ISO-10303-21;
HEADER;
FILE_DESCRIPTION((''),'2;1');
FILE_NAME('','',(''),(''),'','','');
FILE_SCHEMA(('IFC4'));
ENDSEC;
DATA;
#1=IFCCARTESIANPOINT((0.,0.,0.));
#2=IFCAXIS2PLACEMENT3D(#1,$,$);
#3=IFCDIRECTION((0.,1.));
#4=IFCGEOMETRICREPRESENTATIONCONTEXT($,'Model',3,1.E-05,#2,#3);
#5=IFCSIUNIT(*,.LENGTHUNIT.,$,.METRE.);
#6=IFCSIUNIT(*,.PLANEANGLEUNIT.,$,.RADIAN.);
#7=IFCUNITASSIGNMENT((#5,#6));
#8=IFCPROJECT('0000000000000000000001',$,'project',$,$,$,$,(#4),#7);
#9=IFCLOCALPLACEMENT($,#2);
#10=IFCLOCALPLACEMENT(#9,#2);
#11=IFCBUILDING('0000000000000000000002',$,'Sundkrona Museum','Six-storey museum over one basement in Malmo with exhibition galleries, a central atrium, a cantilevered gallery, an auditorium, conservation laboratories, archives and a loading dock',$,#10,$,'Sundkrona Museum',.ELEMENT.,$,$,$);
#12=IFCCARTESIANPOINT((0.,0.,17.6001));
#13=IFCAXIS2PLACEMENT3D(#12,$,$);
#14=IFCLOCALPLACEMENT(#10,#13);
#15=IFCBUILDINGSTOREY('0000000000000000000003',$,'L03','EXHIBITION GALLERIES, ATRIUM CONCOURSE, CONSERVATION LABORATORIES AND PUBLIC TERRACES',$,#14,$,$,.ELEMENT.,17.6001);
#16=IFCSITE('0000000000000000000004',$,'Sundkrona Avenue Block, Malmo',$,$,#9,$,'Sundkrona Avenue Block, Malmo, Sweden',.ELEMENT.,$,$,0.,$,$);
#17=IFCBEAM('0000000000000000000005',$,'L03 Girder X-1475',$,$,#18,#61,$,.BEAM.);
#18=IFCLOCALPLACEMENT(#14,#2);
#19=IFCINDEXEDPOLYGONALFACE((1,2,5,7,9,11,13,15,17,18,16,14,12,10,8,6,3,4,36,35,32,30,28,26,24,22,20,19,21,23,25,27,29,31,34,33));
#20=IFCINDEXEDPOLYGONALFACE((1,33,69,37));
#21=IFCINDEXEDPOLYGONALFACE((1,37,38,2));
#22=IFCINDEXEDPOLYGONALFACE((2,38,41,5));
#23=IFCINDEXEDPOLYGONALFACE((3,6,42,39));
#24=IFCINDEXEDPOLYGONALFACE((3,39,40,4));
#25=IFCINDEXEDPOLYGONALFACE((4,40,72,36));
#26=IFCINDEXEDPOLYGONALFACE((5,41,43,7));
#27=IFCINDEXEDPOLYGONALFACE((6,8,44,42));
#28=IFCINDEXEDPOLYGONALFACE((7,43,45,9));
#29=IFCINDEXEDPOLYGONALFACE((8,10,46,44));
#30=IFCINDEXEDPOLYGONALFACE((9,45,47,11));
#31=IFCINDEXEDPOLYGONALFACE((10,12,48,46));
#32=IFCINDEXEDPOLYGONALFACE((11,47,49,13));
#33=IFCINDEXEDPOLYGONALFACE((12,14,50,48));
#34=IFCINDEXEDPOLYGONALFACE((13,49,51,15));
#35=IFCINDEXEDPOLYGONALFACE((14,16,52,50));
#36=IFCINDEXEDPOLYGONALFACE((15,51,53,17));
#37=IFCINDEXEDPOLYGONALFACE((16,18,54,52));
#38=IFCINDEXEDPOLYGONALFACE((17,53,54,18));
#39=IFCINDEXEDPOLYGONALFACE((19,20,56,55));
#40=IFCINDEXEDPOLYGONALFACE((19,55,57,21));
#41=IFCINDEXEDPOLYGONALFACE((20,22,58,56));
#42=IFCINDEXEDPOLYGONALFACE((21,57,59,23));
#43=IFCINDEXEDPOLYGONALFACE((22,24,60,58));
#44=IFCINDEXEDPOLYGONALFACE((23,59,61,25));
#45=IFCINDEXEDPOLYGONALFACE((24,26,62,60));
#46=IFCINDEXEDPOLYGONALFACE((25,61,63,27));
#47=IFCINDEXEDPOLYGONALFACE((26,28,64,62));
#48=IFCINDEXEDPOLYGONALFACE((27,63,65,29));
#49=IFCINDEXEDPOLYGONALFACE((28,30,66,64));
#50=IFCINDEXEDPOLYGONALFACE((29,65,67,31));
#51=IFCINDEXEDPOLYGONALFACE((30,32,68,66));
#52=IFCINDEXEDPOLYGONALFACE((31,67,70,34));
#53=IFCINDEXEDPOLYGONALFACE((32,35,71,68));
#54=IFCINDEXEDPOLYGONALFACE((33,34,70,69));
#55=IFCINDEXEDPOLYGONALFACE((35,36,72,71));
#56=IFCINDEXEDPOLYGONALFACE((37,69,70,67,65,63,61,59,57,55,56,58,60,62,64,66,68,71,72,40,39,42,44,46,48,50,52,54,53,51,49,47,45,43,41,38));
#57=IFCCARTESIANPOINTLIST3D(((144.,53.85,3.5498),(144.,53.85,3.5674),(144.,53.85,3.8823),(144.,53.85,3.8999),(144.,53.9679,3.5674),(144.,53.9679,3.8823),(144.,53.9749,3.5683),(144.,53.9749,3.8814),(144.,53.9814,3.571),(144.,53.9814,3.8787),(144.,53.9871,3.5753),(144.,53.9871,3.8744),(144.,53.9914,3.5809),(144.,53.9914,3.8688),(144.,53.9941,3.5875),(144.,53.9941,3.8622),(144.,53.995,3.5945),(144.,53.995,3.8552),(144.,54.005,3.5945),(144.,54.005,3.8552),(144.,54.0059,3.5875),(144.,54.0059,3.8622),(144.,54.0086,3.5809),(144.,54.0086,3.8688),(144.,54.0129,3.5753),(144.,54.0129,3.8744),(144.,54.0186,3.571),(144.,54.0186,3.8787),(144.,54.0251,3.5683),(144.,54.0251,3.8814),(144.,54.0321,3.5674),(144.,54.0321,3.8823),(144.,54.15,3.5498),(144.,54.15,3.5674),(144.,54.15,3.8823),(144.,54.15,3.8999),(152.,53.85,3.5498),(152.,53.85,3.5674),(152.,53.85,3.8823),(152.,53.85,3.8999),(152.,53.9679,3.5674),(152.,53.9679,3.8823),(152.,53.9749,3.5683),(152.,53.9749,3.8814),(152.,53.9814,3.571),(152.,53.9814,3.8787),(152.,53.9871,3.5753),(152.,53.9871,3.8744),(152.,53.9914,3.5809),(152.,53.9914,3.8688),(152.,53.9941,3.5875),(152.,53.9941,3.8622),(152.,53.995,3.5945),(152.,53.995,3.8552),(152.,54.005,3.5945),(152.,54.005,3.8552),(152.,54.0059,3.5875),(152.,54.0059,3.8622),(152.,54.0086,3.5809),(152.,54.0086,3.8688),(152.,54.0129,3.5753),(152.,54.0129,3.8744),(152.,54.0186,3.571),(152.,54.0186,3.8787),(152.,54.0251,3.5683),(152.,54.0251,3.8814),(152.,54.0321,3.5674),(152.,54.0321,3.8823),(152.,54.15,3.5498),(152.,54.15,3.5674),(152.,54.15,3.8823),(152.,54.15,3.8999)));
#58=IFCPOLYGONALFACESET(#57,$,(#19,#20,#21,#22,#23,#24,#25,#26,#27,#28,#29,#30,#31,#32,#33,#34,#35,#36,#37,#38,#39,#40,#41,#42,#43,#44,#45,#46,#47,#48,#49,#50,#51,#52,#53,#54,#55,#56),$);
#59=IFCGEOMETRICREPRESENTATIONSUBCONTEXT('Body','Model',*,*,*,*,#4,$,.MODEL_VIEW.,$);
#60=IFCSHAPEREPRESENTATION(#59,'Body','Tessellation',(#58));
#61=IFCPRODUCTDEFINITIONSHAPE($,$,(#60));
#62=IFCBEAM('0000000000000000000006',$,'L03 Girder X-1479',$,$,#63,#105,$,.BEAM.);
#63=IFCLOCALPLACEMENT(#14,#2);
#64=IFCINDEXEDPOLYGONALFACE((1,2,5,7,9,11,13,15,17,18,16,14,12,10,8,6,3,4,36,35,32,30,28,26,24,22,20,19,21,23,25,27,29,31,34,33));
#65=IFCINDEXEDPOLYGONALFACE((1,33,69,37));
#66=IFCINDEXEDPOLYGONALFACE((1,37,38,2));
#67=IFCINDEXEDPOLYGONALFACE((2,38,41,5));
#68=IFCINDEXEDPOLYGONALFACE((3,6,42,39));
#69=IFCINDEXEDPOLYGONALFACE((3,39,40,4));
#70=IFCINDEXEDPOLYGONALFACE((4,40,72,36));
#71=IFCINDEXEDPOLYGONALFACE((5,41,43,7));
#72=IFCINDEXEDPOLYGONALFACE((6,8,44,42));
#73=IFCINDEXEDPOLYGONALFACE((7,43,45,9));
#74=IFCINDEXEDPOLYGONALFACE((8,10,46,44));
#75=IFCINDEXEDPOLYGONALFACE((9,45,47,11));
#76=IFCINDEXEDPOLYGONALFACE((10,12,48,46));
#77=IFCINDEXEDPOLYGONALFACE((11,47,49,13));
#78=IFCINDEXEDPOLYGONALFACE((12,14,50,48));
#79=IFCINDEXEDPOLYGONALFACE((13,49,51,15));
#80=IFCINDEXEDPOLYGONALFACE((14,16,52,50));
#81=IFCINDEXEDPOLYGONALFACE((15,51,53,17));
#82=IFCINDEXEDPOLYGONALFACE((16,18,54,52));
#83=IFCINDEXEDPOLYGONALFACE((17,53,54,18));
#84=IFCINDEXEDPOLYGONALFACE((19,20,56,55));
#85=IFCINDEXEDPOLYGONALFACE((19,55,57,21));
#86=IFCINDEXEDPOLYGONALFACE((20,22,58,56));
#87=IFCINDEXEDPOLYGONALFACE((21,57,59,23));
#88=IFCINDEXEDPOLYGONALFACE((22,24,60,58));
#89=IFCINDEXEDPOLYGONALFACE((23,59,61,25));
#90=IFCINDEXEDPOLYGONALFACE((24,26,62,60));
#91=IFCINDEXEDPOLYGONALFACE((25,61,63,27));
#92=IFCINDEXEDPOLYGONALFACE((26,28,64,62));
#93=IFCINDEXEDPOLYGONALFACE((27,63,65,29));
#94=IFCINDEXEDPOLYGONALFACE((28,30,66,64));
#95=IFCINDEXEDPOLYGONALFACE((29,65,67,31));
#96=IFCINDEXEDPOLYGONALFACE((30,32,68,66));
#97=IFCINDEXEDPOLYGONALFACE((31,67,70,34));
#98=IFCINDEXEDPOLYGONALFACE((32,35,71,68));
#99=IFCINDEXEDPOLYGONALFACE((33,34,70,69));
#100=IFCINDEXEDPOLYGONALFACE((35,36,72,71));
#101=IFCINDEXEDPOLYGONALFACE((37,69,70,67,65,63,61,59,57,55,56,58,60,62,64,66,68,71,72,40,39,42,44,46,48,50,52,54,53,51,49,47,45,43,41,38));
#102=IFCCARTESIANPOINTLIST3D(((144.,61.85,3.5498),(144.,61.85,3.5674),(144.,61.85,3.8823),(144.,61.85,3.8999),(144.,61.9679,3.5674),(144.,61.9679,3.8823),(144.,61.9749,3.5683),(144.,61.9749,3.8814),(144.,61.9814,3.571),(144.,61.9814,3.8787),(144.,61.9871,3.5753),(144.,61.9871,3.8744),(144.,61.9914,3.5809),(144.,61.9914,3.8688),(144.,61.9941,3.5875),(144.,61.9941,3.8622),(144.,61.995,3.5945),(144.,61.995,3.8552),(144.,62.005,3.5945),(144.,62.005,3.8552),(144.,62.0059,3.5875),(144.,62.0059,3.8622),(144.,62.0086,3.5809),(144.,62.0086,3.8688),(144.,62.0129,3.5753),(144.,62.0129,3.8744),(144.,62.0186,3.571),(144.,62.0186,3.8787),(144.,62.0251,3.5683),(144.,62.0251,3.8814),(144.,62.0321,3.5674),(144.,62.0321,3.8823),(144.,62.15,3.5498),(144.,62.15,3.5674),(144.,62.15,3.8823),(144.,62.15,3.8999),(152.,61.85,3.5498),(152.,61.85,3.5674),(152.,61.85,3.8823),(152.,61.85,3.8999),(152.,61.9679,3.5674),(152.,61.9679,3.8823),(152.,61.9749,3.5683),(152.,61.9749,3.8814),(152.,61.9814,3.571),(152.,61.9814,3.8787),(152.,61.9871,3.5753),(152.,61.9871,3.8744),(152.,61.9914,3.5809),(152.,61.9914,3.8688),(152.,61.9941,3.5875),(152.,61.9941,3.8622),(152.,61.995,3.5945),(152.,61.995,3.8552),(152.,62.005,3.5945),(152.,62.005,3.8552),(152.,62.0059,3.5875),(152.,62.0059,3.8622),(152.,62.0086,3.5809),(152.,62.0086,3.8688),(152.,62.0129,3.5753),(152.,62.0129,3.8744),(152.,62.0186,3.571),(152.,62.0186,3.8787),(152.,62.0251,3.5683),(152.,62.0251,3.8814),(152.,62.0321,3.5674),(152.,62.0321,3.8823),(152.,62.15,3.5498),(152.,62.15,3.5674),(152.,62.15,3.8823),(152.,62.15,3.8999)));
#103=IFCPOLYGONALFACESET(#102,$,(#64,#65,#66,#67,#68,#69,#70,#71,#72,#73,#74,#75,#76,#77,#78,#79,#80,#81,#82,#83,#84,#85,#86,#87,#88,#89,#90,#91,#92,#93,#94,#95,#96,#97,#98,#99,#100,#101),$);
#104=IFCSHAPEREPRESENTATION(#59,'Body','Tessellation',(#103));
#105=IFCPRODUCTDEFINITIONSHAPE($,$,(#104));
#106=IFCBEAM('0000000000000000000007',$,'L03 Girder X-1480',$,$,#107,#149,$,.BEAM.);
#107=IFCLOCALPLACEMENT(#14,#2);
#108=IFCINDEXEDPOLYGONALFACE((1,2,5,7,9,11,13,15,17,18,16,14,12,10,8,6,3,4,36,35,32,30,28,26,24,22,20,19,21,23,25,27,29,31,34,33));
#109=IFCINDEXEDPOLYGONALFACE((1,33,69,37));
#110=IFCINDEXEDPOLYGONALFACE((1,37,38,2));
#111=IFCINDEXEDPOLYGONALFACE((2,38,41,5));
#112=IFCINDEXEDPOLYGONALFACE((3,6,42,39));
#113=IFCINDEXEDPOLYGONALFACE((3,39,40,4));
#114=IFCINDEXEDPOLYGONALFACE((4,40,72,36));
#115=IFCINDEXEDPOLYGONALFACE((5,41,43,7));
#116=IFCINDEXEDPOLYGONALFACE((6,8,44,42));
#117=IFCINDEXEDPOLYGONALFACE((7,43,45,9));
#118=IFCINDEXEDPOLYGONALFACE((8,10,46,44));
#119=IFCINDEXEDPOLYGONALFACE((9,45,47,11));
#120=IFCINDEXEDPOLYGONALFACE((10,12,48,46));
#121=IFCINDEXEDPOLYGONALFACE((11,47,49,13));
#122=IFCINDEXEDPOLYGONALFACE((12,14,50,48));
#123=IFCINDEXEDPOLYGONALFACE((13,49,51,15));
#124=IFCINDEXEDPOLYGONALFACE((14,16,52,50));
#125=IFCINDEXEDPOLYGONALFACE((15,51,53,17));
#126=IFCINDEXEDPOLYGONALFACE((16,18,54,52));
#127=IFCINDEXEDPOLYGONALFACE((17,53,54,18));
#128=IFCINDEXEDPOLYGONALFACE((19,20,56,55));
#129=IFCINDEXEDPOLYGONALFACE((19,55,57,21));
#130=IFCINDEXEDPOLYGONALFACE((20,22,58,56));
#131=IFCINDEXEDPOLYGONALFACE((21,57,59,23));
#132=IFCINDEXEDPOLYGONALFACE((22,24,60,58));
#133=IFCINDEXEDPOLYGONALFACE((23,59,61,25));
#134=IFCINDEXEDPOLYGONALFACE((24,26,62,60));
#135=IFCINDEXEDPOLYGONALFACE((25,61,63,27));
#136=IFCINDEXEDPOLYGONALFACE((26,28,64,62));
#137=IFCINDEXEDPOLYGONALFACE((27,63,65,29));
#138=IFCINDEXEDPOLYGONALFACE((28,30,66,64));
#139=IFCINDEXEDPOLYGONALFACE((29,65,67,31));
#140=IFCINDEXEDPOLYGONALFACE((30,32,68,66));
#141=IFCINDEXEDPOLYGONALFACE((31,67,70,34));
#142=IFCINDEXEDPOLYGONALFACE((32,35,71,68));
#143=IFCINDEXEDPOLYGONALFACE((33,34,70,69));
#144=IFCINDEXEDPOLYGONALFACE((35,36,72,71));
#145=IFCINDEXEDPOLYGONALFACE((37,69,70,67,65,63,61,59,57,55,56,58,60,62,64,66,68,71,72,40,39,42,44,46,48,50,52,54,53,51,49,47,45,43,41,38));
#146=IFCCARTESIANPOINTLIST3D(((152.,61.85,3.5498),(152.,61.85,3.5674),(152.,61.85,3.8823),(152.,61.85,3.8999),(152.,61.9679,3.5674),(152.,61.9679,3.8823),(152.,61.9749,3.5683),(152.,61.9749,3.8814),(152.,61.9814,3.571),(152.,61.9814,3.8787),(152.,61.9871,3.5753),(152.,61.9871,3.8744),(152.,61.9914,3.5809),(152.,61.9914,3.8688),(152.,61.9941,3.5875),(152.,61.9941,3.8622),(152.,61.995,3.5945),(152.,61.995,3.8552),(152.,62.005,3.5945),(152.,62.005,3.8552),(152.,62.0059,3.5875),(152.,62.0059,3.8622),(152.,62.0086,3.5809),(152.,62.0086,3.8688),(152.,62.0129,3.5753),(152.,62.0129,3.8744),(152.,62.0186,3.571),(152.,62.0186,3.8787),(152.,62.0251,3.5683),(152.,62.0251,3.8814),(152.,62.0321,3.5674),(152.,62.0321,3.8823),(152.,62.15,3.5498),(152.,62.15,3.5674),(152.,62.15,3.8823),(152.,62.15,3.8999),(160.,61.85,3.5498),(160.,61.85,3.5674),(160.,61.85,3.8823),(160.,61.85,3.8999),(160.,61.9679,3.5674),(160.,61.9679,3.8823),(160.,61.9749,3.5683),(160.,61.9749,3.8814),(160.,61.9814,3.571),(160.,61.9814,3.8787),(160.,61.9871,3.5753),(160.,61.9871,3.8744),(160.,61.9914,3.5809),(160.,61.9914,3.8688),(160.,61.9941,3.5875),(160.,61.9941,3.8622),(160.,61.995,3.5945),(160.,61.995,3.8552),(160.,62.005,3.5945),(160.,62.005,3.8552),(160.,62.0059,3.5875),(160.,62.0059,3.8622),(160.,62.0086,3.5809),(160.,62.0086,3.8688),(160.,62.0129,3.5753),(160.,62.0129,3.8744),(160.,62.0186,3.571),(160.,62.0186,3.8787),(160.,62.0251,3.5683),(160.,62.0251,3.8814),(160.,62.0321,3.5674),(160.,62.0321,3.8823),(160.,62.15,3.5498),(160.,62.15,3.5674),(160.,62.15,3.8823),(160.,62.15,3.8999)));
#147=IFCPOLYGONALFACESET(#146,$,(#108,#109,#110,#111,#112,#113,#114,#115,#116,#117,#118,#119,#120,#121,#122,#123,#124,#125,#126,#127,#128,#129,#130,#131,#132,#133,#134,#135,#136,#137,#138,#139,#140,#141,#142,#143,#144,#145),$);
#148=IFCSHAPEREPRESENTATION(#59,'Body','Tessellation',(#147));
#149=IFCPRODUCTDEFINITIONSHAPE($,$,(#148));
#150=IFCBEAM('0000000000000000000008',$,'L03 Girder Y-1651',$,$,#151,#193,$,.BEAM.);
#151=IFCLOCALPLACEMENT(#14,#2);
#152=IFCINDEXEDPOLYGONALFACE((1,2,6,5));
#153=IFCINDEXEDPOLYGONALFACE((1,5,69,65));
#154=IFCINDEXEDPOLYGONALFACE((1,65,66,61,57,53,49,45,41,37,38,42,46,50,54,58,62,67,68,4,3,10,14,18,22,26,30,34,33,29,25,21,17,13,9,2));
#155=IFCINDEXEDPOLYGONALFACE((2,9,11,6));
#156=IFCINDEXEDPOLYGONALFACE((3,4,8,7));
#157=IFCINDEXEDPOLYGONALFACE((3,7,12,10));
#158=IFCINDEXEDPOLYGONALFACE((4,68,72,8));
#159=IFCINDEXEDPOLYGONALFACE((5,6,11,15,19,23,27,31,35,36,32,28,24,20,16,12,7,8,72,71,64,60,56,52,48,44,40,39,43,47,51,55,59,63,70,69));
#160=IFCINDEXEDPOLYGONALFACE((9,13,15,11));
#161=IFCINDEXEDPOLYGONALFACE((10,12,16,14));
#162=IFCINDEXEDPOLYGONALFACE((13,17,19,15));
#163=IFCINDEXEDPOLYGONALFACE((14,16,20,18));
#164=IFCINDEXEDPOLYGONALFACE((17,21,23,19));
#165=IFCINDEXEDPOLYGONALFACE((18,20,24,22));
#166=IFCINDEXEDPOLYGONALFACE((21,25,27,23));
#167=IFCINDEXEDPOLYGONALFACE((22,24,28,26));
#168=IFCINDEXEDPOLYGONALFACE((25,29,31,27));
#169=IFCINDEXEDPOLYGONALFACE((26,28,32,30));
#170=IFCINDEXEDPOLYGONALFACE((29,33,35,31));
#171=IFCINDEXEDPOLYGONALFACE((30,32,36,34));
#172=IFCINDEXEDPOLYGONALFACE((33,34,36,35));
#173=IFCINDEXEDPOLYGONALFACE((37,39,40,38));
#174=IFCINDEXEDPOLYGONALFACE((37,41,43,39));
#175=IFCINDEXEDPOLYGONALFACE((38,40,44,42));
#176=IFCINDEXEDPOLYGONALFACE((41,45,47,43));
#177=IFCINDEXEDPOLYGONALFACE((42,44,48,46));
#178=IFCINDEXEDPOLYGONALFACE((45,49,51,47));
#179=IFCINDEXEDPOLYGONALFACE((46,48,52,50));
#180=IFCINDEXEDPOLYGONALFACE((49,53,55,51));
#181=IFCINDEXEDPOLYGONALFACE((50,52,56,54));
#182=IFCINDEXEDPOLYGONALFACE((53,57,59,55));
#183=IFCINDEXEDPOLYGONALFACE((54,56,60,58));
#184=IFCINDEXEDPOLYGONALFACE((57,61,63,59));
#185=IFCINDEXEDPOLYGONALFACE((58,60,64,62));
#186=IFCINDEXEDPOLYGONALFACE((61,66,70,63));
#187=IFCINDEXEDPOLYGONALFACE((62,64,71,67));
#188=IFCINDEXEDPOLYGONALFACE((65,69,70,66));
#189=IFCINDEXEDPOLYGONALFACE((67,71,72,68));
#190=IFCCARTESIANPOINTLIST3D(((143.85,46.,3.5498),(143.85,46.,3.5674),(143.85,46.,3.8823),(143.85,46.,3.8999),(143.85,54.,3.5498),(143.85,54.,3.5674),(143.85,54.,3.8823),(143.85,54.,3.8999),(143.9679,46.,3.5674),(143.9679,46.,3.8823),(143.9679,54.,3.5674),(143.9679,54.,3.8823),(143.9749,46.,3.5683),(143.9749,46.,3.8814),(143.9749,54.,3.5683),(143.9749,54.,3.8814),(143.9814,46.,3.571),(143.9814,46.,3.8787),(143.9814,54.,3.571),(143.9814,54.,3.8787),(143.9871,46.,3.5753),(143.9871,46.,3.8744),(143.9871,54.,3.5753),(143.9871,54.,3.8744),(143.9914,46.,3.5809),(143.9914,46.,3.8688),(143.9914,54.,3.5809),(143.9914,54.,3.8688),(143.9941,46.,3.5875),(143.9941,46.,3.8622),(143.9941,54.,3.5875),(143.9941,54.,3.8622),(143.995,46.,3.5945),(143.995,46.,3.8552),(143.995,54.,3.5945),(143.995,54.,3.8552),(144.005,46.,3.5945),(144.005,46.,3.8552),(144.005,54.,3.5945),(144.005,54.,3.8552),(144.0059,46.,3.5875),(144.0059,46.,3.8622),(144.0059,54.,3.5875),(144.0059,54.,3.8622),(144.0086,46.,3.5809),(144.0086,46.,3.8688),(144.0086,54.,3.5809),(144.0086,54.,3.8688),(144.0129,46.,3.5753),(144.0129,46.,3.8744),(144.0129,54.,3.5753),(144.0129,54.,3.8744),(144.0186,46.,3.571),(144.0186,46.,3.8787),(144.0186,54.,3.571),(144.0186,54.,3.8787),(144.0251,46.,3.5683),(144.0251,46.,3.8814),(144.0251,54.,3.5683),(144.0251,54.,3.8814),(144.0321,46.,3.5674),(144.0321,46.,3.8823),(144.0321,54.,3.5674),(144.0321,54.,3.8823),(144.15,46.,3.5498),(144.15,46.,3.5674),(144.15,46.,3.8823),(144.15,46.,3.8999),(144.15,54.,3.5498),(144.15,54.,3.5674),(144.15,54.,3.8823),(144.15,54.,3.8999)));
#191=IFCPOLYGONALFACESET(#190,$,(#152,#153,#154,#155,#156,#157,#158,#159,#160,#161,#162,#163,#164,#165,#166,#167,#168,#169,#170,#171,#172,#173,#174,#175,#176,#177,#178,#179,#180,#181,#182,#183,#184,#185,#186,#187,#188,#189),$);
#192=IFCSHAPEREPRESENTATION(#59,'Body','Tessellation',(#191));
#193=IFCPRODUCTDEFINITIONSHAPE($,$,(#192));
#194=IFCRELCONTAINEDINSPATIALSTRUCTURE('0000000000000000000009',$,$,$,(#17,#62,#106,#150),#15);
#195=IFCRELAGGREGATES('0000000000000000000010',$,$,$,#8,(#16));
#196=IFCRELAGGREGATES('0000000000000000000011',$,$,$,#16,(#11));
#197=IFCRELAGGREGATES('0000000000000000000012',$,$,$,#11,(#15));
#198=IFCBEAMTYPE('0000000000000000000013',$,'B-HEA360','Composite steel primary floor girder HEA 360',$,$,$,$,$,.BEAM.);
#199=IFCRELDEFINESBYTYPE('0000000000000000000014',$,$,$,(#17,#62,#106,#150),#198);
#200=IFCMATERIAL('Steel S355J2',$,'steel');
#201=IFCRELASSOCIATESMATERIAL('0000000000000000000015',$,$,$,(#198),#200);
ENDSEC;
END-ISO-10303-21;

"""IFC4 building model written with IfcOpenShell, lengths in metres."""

from ifc_helpers import new_model, si_unit, direction, frame, origin, origin_2d, place, context, subcontext, project, spatial, i_section, extrude, material, material_profile, profile_set, type_object, element, save


model = new_model("IFC4")

# Units and contexts
model_context = context("Model", 3, precision=1e-05, world=origin(), true_north=direction((0.0, 1.0)))
body_context = subcontext(model_context, "Body", "Model", "MODEL_VIEW")
ifc_project = project(units=[si_unit("LENGTHUNIT", "METRE"), si_unit("PLANEANGLEUNIT", "RADIAN")], contexts=[model_context])

# Site, building, storey
site_placement = place(None, origin())
site = spatial("IfcSite", under=ifc_project, at=site_placement, Name="Sundkrona Avenue Block, Malmo", LongName="Sundkrona Avenue Block, Malmo, Sweden", CompositionType="ELEMENT", RefElevation=0.0)
building_placement = place(site_placement, origin())
building = spatial("IfcBuilding", under=site, at=building_placement, Name="Sundkrona Museum", Description="Six-storey museum over one basement in Malmo with exhibition galleries, a central atrium, a cantilevered gallery, an auditorium, conservation laboratories, archives and a loading dock", LongName="Sundkrona Museum", CompositionType="ELEMENT")
storey_placement = place(building_placement, frame((0.0, 0.0, 17.6001)))
storey = spatial("IfcBuildingStorey", under=building, at=storey_placement, Name="L03", Description="EXHIBITION GALLERIES, ATRIUM CONCOURSE, CONSERVATION LABORATORIES AND PUBLIC TERRACES", CompositionType="ELEMENT", Elevation=17.6001)

# Shared definitions
ifc_material_1 = material(Name="Steel S355J2", Category="steel")

# Beams
ifc_material_profile_1 = material_profile(ifc_material_1, i_section(OverallWidth=0.3, OverallDepth=0.3501, WebThickness=0.01, FlangeThickness=0.0176, FilletRadius=0.0271, at=origin_2d()), Name="HEA 360")
ifc_profile_set_1 = profile_set([ifc_material_profile_1], Name="Steel S355J2")
beam_type_1 = type_object("IfcBeamType", Name="B-HEA360", Description="Composite steel primary floor girder HEA 360", PredefinedType="BEAM", material=ifc_profile_set_1)
for number, where, z_axis, x_axis, name in (
    (1, (144.0, 54.0, 3.7249), (1.0, 0.0, 0.0), (0.0, 1.0, 0.0), "L03 Girder X-1475"),
    (2, (144.0, 62.0, 3.7249), (1.0, 0.0, 0.0), (0.0, 1.0, 0.0), "L03 Girder X-1479"),
    (3, (152.0, 62.0, 3.7249), (1.0, 0.0, 0.0), (0.0, 1.0, 0.0), "L03 Girder X-1480"),
    (4, (144.0, 46.0, 3.7249), (0.0, 1.0, 0.0), (-1.0, 0.0, 0.0), "L03 Girder Y-1651"),
):
    element("IfcBeam", number, at=place(storey_placement, frame(where, z_axis=z_axis, x_axis=x_axis)), inside=storey, type_object=beam_type_1, Name=name, PredefinedType="BEAM", context=body_context, shape_type="SweptSolid", body=[
        extrude(i_section(OverallWidth=0.3, OverallDepth=0.3501, WebThickness=0.01, FlangeThickness=0.0176, FilletRadius=0.0271, at=origin_2d()), origin(), (0.0, 0.0, 1.0), 8.0),
    ])

save(model, "model.ifc")
